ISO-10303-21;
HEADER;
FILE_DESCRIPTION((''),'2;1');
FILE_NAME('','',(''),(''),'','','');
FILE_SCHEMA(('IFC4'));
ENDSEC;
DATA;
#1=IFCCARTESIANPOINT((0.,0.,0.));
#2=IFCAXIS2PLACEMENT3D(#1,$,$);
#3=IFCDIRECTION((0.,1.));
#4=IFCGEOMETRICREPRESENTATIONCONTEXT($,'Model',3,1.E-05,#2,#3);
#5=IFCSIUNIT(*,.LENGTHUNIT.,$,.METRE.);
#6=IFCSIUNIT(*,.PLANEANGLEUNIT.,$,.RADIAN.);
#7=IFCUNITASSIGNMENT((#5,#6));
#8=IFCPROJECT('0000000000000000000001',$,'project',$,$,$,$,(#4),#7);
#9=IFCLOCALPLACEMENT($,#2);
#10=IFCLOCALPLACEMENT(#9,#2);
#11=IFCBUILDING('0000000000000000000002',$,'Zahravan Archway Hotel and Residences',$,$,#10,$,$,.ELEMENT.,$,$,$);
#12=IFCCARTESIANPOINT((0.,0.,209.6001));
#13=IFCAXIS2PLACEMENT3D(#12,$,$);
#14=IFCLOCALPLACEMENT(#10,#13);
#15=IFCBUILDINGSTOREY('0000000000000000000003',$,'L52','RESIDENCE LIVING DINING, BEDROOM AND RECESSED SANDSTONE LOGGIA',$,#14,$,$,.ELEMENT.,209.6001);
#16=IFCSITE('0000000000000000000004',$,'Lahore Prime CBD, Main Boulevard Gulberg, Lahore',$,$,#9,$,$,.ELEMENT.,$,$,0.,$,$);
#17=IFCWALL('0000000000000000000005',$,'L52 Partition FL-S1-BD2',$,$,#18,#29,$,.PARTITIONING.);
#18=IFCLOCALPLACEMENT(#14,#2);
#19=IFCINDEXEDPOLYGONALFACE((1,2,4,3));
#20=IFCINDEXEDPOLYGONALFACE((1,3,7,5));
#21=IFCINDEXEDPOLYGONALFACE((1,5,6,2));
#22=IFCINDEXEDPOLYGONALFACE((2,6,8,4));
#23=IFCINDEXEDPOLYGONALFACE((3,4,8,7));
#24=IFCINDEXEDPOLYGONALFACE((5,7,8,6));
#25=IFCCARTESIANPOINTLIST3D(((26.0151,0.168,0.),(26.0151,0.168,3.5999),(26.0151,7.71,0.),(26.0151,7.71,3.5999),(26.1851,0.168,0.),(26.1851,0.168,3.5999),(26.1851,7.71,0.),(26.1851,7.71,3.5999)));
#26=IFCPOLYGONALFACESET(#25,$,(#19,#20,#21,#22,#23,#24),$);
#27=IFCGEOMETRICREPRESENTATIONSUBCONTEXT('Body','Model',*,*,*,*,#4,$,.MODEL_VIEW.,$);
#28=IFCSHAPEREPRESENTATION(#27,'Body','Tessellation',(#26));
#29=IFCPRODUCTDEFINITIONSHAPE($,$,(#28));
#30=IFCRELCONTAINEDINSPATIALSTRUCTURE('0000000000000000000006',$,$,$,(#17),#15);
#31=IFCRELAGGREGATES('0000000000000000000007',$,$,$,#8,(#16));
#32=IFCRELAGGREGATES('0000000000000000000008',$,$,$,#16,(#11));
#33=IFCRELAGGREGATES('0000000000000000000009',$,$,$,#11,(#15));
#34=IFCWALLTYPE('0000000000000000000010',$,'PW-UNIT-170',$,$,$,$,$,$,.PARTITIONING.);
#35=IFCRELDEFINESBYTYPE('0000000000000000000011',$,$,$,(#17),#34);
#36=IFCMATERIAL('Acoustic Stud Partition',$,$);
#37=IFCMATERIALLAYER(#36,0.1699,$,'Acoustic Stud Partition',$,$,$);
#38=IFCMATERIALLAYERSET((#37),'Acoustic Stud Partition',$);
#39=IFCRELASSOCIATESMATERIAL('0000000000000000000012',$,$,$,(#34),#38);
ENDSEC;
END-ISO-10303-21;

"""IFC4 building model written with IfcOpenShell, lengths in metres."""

from ifc_helpers import new_model, si_unit, direction, frame, frame_2d, origin, place, context, subcontext, project, spatial, rectangle, extrude, material, layer, layer_set, type_object, element, save


model = new_model("IFC4")

# Units and contexts
model_context = context("Model", 3, precision=1e-05, world=origin(), true_north=direction((0.0, 1.0)))
body_context = subcontext(model_context, "Body", "Model", "MODEL_VIEW")
ifc_project = project(units=[si_unit("LENGTHUNIT", "METRE"), si_unit("PLANEANGLEUNIT", "RADIAN")], contexts=[model_context])

# Site, building, storey
site_placement = place(None, origin())
site = spatial("IfcSite", under=ifc_project, at=site_placement, Name="Lahore Prime CBD, Main Boulevard Gulberg, Lahore", CompositionType="ELEMENT", RefElevation=0.0)
building_placement = place(site_placement, origin())
building = spatial("IfcBuilding", under=site, at=building_placement, Name="Zahravan Archway Hotel and Residences", CompositionType="ELEMENT")
storey_placement = place(building_placement, frame((0.0, 0.0, 209.6001)))
storey = spatial("IfcBuildingStorey", under=building, at=storey_placement, Name="L52", Description="RESIDENCE LIVING DINING, BEDROOM AND RECESSED SANDSTONE LOGGIA", CompositionType="ELEMENT", Elevation=209.6001)

# Wall
ifc_material_1 = material(Name="Acoustic Stud Partition")
ifc_layer_1 = layer(ifc_material_1, 0.1699, Name="Acoustic Stud Partition")
ifc_layer_set_1 = layer_set([ifc_layer_1], Name="Acoustic Stud Partition")
wall_type_1 = type_object("IfcWallType", Name="PW-UNIT-170", PredefinedType="PARTITIONING", material=ifc_layer_set_1)
for number, where, z_axis, x_axis, name in (
    (1, (26.1001, 0.168, 0.0), (0.0, 0.0, 1.0), (0.0, 1.0, 0.0), "L52 Partition FL-S1-BD2"),
):
    element("IfcWall", number, at=place(storey_placement, frame(where, z_axis=z_axis, x_axis=x_axis)), inside=storey, type_object=wall_type_1, Name=name, PredefinedType="PARTITIONING", context=body_context, shape_type="SweptSolid", body=[
        extrude(rectangle(XDim=7.542, YDim=0.1699, at=frame_2d((3.771, 0.0))), origin(), (0.0, 0.0, 1.0), 3.5999),
    ])

save(model, "model.ifc")
